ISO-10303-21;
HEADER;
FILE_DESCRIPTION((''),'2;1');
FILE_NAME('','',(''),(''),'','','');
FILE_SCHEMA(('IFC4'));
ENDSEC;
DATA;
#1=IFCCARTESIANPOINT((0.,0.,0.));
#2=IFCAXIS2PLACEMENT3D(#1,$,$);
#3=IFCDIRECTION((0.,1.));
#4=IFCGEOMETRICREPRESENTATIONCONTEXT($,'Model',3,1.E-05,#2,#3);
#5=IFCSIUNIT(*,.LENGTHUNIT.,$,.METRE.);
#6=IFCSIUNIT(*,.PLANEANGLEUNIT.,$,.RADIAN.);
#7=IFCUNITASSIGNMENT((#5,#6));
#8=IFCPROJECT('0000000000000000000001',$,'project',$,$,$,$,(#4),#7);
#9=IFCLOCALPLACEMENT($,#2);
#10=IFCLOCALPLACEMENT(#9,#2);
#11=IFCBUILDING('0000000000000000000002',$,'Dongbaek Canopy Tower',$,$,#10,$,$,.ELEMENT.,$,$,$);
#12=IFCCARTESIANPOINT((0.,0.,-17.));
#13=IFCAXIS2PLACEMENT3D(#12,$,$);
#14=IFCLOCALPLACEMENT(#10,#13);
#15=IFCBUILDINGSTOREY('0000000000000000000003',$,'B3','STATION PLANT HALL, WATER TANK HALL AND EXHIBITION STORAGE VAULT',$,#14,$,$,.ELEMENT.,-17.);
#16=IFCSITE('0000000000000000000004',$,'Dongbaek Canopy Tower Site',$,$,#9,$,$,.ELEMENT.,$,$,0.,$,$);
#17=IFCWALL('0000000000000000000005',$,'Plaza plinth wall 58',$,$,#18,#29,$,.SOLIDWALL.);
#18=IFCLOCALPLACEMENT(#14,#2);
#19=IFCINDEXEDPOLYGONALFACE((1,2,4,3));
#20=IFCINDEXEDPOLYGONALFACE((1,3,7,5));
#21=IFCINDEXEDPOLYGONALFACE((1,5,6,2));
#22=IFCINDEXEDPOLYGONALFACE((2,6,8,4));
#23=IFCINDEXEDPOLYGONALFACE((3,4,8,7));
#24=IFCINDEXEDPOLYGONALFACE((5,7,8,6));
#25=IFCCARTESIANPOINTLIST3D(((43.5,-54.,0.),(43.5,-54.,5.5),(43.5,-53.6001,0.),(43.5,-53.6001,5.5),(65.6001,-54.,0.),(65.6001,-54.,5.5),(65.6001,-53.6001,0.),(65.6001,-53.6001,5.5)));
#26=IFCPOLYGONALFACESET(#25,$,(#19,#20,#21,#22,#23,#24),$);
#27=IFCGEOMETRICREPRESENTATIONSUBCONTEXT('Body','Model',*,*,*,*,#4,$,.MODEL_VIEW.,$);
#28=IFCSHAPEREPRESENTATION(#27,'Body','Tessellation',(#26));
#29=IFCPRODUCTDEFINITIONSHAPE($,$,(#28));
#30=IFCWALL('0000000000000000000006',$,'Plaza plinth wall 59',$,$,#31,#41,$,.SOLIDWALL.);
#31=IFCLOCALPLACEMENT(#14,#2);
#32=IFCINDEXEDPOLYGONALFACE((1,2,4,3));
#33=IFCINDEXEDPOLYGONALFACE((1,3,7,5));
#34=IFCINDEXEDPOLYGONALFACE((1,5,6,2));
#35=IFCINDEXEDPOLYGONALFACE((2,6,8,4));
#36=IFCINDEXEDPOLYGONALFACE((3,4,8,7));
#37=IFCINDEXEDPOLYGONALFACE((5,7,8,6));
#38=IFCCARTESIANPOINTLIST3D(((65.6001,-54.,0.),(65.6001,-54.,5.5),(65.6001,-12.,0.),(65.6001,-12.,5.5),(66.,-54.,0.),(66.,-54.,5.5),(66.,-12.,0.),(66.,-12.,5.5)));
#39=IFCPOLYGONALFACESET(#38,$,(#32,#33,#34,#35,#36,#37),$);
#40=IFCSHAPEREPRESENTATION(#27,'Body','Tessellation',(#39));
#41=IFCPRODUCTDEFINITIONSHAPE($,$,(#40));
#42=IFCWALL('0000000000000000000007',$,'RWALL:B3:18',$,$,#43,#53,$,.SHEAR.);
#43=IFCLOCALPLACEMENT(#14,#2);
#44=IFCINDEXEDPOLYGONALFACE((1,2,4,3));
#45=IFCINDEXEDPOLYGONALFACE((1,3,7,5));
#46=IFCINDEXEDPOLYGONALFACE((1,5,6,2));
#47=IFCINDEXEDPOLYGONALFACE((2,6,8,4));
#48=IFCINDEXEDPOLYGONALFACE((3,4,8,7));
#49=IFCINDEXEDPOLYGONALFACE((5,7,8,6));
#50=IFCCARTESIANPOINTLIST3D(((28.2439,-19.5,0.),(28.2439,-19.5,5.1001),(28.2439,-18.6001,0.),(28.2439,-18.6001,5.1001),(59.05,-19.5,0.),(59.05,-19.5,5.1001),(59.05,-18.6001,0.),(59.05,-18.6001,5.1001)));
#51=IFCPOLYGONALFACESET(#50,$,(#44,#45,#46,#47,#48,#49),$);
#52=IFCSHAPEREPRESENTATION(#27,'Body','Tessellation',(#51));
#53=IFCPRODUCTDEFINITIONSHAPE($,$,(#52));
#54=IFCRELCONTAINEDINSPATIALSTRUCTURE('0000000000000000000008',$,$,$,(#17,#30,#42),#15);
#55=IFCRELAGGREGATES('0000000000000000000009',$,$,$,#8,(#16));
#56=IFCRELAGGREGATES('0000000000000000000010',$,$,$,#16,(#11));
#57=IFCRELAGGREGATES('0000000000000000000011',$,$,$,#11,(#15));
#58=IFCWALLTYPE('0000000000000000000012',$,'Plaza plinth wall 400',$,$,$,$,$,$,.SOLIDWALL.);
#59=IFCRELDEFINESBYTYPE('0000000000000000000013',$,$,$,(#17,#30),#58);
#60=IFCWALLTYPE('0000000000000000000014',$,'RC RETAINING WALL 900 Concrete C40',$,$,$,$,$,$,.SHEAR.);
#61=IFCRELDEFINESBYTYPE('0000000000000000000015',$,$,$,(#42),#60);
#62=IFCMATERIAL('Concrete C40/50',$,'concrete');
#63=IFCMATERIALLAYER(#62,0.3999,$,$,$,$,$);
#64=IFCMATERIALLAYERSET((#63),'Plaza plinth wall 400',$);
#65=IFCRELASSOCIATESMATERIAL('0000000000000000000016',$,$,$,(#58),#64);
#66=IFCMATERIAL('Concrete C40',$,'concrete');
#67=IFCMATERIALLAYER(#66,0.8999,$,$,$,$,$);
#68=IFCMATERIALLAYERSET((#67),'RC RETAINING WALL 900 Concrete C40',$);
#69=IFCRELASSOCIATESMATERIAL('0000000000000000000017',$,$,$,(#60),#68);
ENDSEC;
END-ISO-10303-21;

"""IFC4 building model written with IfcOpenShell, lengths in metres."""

from ifc_helpers import new_model, si_unit, direction, frame, frame_2d, origin, place, context, subcontext, project, spatial, rectangle, extrude, material, layer, layer_set, type_object, element, save


model = new_model("IFC4")

# Units and contexts
model_context = context("Model", 3, precision=1e-05, world=origin(), true_north=direction((0.0, 1.0)))
body_context = subcontext(model_context, "Body", "Model", "MODEL_VIEW")
ifc_project = project(units=[si_unit("LENGTHUNIT", "METRE"), si_unit("PLANEANGLEUNIT", "RADIAN")], contexts=[model_context])

# Site, building, storey
site_placement = place(None, origin())
site = spatial("IfcSite", under=ifc_project, at=site_placement, Name="Dongbaek Canopy Tower Site", CompositionType="ELEMENT", RefElevation=0.0)
building_placement = place(site_placement, origin())
building = spatial("IfcBuilding", under=site, at=building_placement, Name="Dongbaek Canopy Tower", CompositionType="ELEMENT")
storey_placement = place(building_placement, frame((0.0, 0.0, -17.0)))
storey = spatial("IfcBuildingStorey", under=building, at=storey_placement, Name="B3", Description="STATION PLANT HALL, WATER TANK HALL AND EXHIBITION STORAGE VAULT", CompositionType="ELEMENT", Elevation=-17.0)

# Walls
ifc_material_1 = material(Name="Concrete C40/50", Category="concrete")
ifc_layer_1 = layer(ifc_material_1, 0.3999)
ifc_layer_set_1 = layer_set([ifc_layer_1], Name="Plaza plinth wall 400")
wall_type_1 = type_object("IfcWallType", Name="Plaza plinth wall 400", PredefinedType="SOLIDWALL", material=ifc_layer_set_1)
wall_1_placement = place(storey_placement, frame((43.5, -53.8, 0.0), z_axis=(0.0, 0.0, 1.0), x_axis=(1.0, 0.0, 0.0)))
element("IfcWall", 1, at=wall_1_placement, inside=storey, type_object=wall_type_1, Name="Plaza plinth wall 58", PredefinedType="SOLIDWALL", context=body_context, shape_type="SweptSolid", body=[
    extrude(rectangle(XDim=22.1001, YDim=0.3999, at=frame_2d((11.05, 0.0))), origin(), (0.0, 0.0, 1.0), 5.5),
])
wall_2_placement = place(storey_placement, frame((65.8, -54.0, 0.0), z_axis=(0.0, 0.0, 1.0), x_axis=(0.0, 1.0, 0.0)))
element("IfcWall", 2, at=wall_2_placement, inside=storey, type_object=wall_type_1, Name="Plaza plinth wall 59", PredefinedType="SOLIDWALL", context=body_context, shape_type="SweptSolid", body=[
    extrude(rectangle(XDim=42.0, YDim=0.3999, at=frame_2d((21.0, 0.0))), origin(), (0.0, 0.0, 1.0), 5.5),
])
ifc_material_2 = material(Name="Concrete C40", Category="concrete")
ifc_layer_2 = layer(ifc_material_2, 0.8999)
ifc_layer_set_2 = layer_set([ifc_layer_2], Name="RC RETAINING WALL 900 Concrete C40")
wall_type_2 = type_object("IfcWallType", Name="RC RETAINING WALL 900 Concrete C40", PredefinedType="SHEAR", material=ifc_layer_set_2)
wall_3_placement = place(storey_placement, frame((59.05, -19.05, 0.0), z_axis=(0.0, 0.0, 1.0), x_axis=(-1.0, 0.0, 0.0)))
element("IfcWall", 3, at=wall_3_placement, inside=storey, type_object=wall_type_2, Name="RWALL:B3:18", PredefinedType="SHEAR", context=body_context, shape_type="SweptSolid", body=[
    extrude(rectangle(XDim=30.8062, YDim=0.8999, at=frame_2d((15.4031, 0.0))), origin(), (0.0, 0.0, 1.0), 5.1001),
])

save(model, "model.ifc")
